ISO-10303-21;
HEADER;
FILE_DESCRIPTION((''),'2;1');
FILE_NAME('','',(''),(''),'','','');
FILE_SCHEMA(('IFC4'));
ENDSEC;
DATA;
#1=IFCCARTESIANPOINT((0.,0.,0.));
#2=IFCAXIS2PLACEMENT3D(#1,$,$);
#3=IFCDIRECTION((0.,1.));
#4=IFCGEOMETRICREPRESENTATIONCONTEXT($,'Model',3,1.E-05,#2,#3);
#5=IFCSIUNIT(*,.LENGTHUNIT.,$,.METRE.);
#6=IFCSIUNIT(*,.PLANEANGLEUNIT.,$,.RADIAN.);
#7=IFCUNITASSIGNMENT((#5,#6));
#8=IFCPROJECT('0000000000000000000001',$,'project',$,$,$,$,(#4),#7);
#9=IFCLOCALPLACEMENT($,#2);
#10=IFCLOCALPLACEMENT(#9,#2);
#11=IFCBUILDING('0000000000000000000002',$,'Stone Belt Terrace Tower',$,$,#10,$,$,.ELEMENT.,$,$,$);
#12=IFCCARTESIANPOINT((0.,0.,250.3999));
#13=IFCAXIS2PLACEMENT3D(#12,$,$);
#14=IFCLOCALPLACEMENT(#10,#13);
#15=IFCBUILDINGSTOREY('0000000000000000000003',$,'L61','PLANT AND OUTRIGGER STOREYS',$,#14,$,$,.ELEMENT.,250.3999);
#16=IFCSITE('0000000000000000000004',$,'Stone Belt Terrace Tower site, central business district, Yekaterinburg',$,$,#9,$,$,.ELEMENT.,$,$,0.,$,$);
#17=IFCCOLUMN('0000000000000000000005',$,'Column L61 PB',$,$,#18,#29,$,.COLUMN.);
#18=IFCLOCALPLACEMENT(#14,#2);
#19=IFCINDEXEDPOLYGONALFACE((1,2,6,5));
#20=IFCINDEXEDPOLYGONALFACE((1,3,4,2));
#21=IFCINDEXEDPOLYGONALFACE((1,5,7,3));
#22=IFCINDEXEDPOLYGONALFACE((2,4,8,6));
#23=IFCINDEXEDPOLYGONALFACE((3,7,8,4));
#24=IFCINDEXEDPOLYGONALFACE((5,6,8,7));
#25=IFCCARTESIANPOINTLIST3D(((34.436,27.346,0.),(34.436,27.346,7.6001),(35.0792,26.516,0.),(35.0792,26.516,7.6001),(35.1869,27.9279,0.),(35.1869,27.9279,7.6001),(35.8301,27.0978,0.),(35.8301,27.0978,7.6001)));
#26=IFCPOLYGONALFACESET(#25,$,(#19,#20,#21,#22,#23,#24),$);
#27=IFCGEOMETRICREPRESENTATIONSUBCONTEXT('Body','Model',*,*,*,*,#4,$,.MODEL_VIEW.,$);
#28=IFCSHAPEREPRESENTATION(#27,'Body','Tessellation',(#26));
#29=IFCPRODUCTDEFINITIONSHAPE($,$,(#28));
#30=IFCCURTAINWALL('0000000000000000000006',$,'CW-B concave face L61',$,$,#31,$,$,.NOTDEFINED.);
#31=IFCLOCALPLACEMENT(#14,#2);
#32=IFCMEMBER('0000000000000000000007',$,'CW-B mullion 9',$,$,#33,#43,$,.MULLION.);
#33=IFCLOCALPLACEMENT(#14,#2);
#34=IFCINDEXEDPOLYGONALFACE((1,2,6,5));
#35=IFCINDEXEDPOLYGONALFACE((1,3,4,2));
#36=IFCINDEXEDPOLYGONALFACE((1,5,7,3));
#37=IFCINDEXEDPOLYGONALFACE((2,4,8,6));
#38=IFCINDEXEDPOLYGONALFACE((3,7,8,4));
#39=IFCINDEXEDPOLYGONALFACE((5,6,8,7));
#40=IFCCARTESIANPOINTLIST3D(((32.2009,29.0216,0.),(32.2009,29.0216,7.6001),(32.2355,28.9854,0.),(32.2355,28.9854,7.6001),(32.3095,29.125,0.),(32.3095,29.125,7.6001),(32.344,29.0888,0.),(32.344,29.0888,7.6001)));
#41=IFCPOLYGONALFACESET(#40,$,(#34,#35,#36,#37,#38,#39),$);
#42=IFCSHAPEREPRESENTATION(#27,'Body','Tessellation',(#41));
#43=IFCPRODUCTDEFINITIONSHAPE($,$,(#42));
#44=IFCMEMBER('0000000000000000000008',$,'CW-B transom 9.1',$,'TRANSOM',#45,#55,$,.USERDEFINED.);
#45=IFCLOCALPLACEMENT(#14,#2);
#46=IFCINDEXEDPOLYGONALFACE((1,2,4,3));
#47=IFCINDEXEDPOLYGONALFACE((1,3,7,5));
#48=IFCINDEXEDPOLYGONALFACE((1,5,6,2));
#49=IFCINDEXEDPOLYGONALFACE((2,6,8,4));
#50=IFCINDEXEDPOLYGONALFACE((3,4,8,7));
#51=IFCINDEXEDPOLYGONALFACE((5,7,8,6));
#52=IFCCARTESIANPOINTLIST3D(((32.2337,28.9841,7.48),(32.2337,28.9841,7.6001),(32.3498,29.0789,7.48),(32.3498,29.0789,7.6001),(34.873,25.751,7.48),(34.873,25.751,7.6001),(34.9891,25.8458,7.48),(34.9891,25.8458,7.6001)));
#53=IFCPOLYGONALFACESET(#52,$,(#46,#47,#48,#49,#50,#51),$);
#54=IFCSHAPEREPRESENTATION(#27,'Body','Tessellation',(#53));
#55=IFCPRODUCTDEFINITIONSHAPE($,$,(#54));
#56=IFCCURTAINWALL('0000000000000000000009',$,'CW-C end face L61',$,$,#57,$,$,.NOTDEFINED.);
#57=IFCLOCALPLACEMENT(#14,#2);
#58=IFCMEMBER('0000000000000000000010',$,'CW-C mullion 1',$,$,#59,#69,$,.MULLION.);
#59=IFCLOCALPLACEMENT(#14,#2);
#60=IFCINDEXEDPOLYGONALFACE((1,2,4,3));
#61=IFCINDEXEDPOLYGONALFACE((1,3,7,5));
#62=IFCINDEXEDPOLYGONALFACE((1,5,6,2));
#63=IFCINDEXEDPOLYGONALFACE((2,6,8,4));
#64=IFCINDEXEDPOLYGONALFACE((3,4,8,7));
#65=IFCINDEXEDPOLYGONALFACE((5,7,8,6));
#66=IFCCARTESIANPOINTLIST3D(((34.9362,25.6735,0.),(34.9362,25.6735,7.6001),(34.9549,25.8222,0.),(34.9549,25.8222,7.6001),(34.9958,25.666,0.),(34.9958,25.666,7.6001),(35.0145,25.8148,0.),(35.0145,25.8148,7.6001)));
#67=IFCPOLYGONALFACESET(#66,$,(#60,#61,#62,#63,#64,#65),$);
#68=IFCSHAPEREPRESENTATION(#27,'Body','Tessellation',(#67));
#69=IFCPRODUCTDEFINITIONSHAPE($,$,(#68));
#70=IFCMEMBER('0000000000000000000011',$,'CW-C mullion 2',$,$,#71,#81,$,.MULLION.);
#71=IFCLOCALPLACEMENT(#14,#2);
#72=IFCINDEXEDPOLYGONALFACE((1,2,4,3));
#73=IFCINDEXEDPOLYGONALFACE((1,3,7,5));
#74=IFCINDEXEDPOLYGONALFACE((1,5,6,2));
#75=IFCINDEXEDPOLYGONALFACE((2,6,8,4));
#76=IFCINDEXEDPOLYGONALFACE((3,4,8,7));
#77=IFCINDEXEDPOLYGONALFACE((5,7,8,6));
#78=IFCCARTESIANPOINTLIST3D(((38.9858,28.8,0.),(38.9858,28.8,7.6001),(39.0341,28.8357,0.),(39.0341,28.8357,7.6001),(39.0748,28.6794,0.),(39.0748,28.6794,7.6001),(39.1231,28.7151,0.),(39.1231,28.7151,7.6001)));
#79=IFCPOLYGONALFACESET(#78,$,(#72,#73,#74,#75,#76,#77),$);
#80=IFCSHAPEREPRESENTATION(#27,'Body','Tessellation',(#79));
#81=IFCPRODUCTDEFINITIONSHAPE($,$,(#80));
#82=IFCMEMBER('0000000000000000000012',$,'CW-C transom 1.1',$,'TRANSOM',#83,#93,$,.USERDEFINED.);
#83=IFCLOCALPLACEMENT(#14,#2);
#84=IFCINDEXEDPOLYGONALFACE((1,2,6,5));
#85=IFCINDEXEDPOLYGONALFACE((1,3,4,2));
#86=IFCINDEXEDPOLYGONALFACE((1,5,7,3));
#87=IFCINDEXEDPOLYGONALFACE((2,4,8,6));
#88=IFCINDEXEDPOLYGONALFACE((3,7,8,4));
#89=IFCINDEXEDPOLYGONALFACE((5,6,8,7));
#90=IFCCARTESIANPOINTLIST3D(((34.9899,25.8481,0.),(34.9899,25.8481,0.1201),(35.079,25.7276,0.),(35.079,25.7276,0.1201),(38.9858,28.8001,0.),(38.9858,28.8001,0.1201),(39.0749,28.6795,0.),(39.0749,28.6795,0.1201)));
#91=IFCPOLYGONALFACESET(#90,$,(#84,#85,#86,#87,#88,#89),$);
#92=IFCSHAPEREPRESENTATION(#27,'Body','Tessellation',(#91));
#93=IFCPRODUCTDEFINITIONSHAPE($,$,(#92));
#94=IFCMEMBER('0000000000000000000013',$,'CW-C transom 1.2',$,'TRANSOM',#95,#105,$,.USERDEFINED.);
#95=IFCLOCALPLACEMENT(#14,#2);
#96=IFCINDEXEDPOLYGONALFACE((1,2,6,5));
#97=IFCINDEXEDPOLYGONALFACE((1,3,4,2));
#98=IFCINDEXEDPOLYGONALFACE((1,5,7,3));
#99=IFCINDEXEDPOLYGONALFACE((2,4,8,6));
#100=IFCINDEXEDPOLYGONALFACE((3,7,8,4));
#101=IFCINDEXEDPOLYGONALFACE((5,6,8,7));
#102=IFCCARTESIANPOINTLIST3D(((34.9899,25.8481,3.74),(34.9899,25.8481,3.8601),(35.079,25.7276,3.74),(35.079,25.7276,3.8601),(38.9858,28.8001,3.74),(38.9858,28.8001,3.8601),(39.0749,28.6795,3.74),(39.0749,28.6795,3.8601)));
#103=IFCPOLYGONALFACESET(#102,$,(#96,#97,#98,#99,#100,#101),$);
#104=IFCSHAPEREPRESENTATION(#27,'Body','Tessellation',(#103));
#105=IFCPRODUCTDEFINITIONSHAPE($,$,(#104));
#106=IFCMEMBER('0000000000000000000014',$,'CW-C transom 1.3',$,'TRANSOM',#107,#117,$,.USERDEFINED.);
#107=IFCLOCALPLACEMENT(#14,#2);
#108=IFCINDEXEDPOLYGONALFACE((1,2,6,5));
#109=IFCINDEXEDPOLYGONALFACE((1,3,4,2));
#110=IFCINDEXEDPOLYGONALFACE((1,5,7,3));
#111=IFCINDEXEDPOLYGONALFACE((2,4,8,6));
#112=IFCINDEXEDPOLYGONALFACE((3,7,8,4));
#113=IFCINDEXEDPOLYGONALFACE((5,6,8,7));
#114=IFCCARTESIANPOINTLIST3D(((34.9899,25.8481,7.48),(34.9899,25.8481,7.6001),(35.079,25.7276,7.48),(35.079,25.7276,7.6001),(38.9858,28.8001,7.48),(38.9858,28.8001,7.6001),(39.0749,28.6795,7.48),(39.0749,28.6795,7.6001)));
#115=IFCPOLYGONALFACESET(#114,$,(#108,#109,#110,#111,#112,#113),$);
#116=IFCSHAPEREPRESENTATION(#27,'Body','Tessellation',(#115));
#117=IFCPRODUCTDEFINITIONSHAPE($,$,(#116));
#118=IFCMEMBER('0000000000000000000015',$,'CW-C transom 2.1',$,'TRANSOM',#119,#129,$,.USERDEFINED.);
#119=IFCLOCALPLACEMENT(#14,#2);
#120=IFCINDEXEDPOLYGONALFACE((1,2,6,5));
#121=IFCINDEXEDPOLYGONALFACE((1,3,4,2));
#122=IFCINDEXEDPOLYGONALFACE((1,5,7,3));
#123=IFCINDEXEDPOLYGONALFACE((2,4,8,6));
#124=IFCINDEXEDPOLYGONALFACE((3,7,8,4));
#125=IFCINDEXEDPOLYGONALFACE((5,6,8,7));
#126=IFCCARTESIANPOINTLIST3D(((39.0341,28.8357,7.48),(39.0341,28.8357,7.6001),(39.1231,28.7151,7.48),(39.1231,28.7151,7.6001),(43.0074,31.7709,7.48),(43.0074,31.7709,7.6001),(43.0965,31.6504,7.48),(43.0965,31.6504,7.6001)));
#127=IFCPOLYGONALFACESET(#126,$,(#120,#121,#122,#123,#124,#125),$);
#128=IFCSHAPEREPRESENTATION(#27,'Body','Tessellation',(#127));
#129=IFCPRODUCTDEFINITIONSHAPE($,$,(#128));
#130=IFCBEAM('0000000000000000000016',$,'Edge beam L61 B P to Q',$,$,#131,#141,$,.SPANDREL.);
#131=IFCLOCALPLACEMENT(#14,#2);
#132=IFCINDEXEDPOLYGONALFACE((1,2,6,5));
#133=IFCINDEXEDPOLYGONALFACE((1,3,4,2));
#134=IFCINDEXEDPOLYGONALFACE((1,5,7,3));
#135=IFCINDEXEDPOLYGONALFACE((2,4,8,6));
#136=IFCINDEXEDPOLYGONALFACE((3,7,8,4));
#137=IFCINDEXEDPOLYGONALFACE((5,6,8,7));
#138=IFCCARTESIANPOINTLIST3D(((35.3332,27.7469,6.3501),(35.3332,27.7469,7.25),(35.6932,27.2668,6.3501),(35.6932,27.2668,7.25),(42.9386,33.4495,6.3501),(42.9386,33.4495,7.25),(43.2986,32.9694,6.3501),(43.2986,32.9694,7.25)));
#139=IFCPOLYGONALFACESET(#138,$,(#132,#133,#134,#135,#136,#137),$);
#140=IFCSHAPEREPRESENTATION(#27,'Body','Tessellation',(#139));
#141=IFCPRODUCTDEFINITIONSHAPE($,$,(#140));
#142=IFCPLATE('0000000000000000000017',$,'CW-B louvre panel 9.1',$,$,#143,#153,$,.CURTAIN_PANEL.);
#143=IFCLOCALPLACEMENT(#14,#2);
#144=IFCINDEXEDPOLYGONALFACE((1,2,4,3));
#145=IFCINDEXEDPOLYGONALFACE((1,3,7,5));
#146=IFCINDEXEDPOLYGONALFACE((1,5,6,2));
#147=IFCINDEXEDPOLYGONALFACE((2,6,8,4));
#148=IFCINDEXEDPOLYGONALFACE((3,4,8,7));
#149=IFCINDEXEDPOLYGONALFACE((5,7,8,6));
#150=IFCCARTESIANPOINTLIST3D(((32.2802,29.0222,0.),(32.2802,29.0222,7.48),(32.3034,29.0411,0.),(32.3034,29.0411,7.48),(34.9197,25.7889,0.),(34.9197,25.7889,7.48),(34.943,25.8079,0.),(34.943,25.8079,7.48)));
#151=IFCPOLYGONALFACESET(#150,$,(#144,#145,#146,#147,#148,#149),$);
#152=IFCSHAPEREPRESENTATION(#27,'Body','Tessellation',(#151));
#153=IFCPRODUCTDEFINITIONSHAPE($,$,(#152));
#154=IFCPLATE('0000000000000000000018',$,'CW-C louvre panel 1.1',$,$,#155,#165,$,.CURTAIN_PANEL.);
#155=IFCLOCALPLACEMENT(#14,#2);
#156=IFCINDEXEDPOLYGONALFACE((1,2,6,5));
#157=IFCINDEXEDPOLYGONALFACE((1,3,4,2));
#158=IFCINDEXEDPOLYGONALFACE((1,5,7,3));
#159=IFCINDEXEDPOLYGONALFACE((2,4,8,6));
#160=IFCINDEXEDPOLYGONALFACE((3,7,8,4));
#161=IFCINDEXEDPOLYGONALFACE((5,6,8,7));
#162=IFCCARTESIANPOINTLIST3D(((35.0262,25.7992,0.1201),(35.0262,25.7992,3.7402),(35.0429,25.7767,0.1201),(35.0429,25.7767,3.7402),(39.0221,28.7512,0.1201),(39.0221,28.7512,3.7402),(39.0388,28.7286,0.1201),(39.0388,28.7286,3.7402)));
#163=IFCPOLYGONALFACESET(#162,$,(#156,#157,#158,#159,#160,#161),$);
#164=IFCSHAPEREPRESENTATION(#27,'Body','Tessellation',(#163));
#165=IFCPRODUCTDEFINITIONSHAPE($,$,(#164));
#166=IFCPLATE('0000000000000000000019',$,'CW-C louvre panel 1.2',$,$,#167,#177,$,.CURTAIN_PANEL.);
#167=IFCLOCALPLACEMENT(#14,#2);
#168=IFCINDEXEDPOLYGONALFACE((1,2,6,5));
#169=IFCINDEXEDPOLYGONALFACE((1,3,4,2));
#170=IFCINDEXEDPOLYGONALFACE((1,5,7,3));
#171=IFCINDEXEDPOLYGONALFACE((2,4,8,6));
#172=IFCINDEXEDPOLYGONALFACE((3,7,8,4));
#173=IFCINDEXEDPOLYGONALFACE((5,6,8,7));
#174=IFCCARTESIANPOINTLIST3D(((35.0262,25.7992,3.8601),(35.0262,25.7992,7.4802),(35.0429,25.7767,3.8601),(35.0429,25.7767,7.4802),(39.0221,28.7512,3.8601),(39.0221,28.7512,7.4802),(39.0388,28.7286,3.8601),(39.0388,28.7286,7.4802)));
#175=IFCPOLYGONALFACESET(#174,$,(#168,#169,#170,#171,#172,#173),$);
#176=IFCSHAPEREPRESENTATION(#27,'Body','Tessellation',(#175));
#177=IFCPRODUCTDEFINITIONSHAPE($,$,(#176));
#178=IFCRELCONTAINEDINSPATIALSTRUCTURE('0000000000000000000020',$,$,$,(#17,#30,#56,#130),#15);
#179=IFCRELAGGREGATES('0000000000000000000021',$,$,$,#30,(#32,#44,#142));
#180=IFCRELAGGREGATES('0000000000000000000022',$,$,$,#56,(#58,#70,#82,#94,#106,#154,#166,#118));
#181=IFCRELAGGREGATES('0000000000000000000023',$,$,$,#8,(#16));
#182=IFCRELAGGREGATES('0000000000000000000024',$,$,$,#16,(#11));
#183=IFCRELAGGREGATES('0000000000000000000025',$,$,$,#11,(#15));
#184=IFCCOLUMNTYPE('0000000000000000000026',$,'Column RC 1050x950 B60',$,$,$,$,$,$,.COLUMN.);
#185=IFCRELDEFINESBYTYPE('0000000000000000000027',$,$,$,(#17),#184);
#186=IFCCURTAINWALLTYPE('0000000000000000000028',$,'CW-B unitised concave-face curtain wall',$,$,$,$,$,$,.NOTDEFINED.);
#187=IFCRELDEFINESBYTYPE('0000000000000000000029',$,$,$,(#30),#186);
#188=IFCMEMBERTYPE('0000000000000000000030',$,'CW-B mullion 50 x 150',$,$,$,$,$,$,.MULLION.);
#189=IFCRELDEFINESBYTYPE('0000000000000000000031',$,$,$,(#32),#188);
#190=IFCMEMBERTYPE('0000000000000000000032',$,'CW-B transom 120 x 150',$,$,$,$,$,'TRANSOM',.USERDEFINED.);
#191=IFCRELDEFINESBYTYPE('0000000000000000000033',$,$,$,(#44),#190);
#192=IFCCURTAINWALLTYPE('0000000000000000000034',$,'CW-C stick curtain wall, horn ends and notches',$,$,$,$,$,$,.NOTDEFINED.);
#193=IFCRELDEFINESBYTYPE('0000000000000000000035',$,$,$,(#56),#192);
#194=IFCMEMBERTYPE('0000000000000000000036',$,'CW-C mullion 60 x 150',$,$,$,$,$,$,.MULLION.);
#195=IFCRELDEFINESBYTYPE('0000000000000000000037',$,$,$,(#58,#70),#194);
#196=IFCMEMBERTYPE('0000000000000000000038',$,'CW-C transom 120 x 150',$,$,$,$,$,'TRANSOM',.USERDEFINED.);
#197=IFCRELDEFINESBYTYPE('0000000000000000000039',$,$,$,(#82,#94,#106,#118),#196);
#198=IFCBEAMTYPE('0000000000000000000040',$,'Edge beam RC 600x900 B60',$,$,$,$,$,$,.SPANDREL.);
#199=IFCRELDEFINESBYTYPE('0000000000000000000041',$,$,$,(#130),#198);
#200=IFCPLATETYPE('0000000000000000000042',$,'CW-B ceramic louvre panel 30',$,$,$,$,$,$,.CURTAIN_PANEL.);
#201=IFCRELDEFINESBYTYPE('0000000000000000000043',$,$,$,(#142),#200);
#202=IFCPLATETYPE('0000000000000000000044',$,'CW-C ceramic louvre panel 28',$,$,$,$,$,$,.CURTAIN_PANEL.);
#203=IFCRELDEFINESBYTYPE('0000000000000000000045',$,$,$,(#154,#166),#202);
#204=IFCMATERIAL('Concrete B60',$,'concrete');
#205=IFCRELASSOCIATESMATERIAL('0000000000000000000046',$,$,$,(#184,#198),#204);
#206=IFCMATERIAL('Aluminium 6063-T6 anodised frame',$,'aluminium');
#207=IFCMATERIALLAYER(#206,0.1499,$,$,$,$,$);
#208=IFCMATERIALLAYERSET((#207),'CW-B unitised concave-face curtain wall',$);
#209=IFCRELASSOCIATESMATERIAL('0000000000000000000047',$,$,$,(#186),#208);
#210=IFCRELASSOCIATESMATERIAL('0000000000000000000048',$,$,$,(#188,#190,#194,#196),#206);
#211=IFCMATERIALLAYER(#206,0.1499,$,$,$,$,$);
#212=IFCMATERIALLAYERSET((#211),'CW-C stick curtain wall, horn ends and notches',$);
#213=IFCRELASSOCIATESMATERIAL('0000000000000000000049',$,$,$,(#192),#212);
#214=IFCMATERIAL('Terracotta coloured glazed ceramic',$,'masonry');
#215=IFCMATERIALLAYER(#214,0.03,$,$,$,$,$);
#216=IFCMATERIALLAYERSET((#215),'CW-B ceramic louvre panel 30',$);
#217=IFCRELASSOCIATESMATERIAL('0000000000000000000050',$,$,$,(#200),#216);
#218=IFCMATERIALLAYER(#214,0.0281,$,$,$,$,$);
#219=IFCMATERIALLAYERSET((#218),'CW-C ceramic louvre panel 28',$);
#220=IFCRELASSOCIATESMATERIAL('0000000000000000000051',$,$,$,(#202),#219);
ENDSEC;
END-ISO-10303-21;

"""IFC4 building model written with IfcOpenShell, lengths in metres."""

from ifc_helpers import new_model, si_unit, direction, frame, origin, origin_2d, place, context, subcontext, project, spatial, rectangle, extrude, material, layer, layer_set, material_profile, profile_set, type_object, element, aggregate, save


model = new_model("IFC4")

# Units and contexts
model_context = context("Model", 3, precision=1e-05, world=origin(), true_north=direction((0.0, 1.0)))
body_context = subcontext(model_context, "Body", "Model", "MODEL_VIEW")
ifc_project = project(units=[si_unit("LENGTHUNIT", "METRE"), si_unit("PLANEANGLEUNIT", "RADIAN")], contexts=[model_context])

# Site, building, storey
site_placement = place(None, origin())
site = spatial("IfcSite", under=ifc_project, at=site_placement, Name="Stone Belt Terrace Tower site, central business district, Yekaterinburg", CompositionType="ELEMENT", RefElevation=0.0)
building_placement = place(site_placement, origin())
building = spatial("IfcBuilding", under=site, at=building_placement, Name="Stone Belt Terrace Tower", CompositionType="ELEMENT")
storey_placement = place(building_placement, frame((0.0, 0.0, 250.3999)))
storey = spatial("IfcBuildingStorey", under=building, at=storey_placement, Name="L61", Description="PLANT AND OUTRIGGER STOREYS", CompositionType="ELEMENT", Elevation=250.3999)

# Column
ifc_material_1 = material(Name="Concrete B60", Category="concrete")
ifc_material_profile_1 = material_profile(ifc_material_1, rectangle(XDim=1.05, YDim=0.95, at=origin_2d()), Name="RC 1050x950")
ifc_profile_set_1 = profile_set([ifc_material_profile_1], Name="Concrete B60")
column_type = type_object("IfcColumnType", Name="Column RC 1050x950 B60", PredefinedType="COLUMN", material=ifc_profile_set_1)
column_placement = place(storey_placement, frame((35.1331, 27.2219, 0.0), z_axis=(0.0, 0.0, 1.0), x_axis=(0.612485, -0.790482, 0.0)))
element("IfcColumn", 1, at=column_placement, inside=storey, type_object=column_type, Name="Column L61 PB", PredefinedType="COLUMN", context=body_context, shape_type="SweptSolid", body=[
    extrude(rectangle(XDim=1.05, YDim=0.95, at=origin_2d()), origin(), (0.0, 0.0, 1.0), 7.6001),
])

# Curtain walls, members
ifc_material_2 = material(Name="Aluminium 6063-T6 anodised frame", Category="aluminium")
ifc_layer_1 = layer(ifc_material_2, 0.1499)
ifc_layer_set_1 = layer_set([ifc_layer_1], Name="CW-B unitised concave-face curtain wall")
curtain_wall_type_1 = type_object("IfcCurtainWallType", Name="CW-B unitised concave-face curtain wall", PredefinedType="NOTDEFINED", material=ifc_layer_set_1)
curtain_wall_1_placement = place(storey_placement, origin())
curtain_wall_1 = element("IfcCurtainWall", 2, at=curtain_wall_1_placement, inside=storey, type_object=curtain_wall_type_1, Name="CW-B concave face L61", PredefinedType="NOTDEFINED")
ifc_material_profile_2 = material_profile(ifc_material_2, rectangle(XDim=0.1499, YDim=0.05, at=origin_2d()), Name="Aluminium 6063-T6 50x150")
ifc_profile_set_2 = profile_set([ifc_material_profile_2], Name="Aluminium 6063-T6 anodised frame")
member_type_1 = type_object("IfcMemberType", Name="CW-B mullion 50 x 150", PredefinedType="MULLION", material=ifc_profile_set_2)
member_1_placement = place(storey_placement, frame((32.2725, 29.0552, 0.0), z_axis=(0.0, 0.0, 1.0), x_axis=(0.724008, 0.689792, 0.0)))
member_1 = element("IfcMember", 3, at=member_1_placement, type_object=member_type_1, Name="CW-B mullion 9", PredefinedType="MULLION", context=body_context, shape_type="SweptSolid", body=[
    extrude(rectangle(XDim=0.1499, YDim=0.05, at=origin_2d()), origin(), (0.0, 0.0, 1.0), 7.6001),
])
ifc_material_profile_3 = material_profile(ifc_material_2, rectangle(XDim=0.1499, YDim=0.1201, at=origin_2d()), Name="Aluminium 6063-T6 150x120")
ifc_profile_set_3 = profile_set([ifc_material_profile_3], Name="Aluminium 6063-T6 anodised frame")
member_type_2 = type_object("IfcMemberType", Name="CW-B transom 120 x 150", ElementType="TRANSOM", PredefinedType="USERDEFINED", material=ifc_profile_set_3)
member_2_placement = place(storey_placement, frame((32.2917, 29.0315, 7.54), z_axis=(0.63239, -0.77465, 0.0), x_axis=(0.77465, 0.63239, 0.0)))
member_2 = element("IfcMember", 4, at=member_2_placement, type_object=member_type_2, Name="CW-B transom 9.1", ObjectType="TRANSOM", PredefinedType="USERDEFINED", context=body_context, shape_type="SweptSolid", body=[
    extrude(rectangle(XDim=0.1499, YDim=0.1201, at=origin_2d()), origin(), (0.0, 0.0, 1.0), 4.1736),
])
ifc_layer_2 = layer(ifc_material_2, 0.1499)
ifc_layer_set_2 = layer_set([ifc_layer_2], Name="CW-C stick curtain wall, horn ends and notches")
curtain_wall_type_2 = type_object("IfcCurtainWallType", Name="CW-C stick curtain wall, horn ends and notches", PredefinedType="NOTDEFINED", material=ifc_layer_set_2)
curtain_wall_2_placement = place(storey_placement, origin())
curtain_wall_2 = element("IfcCurtainWall", 5, at=curtain_wall_2_placement, inside=storey, type_object=curtain_wall_type_2, Name="CW-C end face L61", PredefinedType="NOTDEFINED")
ifc_material_profile_4 = material_profile(ifc_material_2, rectangle(XDim=0.1499, YDim=0.0601, at=origin_2d()), Name="Aluminium 6063-T6 60x150")
ifc_profile_set_4 = profile_set([ifc_material_profile_4], Name="Aluminium 6063-T6 anodised frame")
member_type_3 = type_object("IfcMemberType", Name="CW-C mullion 60 x 150", PredefinedType="MULLION", material=ifc_profile_set_4)
member_3_placement = place(storey_placement, frame((34.9753, 25.7441, 0.0), z_axis=(0.0, 0.0, 1.0), x_axis=(0.124626, 0.992204, 0.0)))
member_3 = element("IfcMember", 6, at=member_3_placement, type_object=member_type_3, Name="CW-C mullion 1", PredefinedType="MULLION", context=body_context, shape_type="SweptSolid", body=[
    extrude(rectangle(XDim=0.1499, YDim=0.0601, at=origin_2d()), origin(), (0.0, 0.0, 1.0), 7.6001),
])
member_4_placement = place(storey_placement, frame((39.0544, 28.7576, 0.0), z_axis=(0.0, 0.0, 1.0), x_axis=(-0.594184, 0.804329, 0.0)))
member_4 = element("IfcMember", 7, at=member_4_placement, type_object=member_type_3, Name="CW-C mullion 2", PredefinedType="MULLION", context=body_context, shape_type="SweptSolid", body=[
    extrude(rectangle(XDim=0.1499, YDim=0.0601, at=origin_2d()), origin(), (0.0, 0.0, 1.0), 7.6001),
])
ifc_material_profile_5 = material_profile(ifc_material_2, rectangle(XDim=0.1499, YDim=0.1201, at=origin_2d()), Name="Aluminium 6063-T6 150x120")
ifc_profile_set_5 = profile_set([ifc_material_profile_5], Name="Aluminium 6063-T6 anodised frame")
member_type_4 = type_object("IfcMemberType", Name="CW-C transom 120 x 150", ElementType="TRANSOM", PredefinedType="USERDEFINED", material=ifc_profile_set_5)
member_5_placement = place(storey_placement, frame((35.0344, 25.7878, 0.0601), z_axis=(0.804325, 0.594189, 0.0), x_axis=(-0.594189, 0.804325, 0.0)))
member_5 = element("IfcMember", 8, at=member_5_placement, type_object=member_type_4, Name="CW-C transom 1.1", ObjectType="TRANSOM", PredefinedType="USERDEFINED", context=body_context, shape_type="SweptSolid", body=[
    extrude(rectangle(XDim=0.1499, YDim=0.1201, at=origin_2d()), origin(), (0.0, 0.0, 1.0), 4.968),
])
member_6_placement = place(storey_placement, frame((35.0344, 25.7878, 3.8), z_axis=(0.804325, 0.594189, 0.0), x_axis=(-0.594189, 0.804325, 0.0)))
member_6 = element("IfcMember", 9, at=member_6_placement, type_object=member_type_4, Name="CW-C transom 1.2", ObjectType="TRANSOM", PredefinedType="USERDEFINED", context=body_context, shape_type="SweptSolid", body=[
    extrude(rectangle(XDim=0.1499, YDim=0.1201, at=origin_2d()), origin(), (0.0, 0.0, 1.0), 4.968),
])
member_7_placement = place(storey_placement, frame((35.0344, 25.7878, 7.54), z_axis=(0.804325, 0.594189, 0.0), x_axis=(-0.594189, 0.804325, 0.0)))
member_7 = element("IfcMember", 10, at=member_7_placement, type_object=member_type_4, Name="CW-C transom 1.3", ObjectType="TRANSOM", PredefinedType="USERDEFINED", context=body_context, shape_type="SweptSolid", body=[
    extrude(rectangle(XDim=0.1499, YDim=0.1201, at=origin_2d()), origin(), (0.0, 0.0, 1.0), 4.968),
])
member_8_placement = place(storey_placement, frame((39.0786, 28.7754, 7.54), z_axis=(0.804326, 0.594188, 0.0), x_axis=(-0.594188, 0.804326, 0.0)))
member_8 = element("IfcMember", 11, at=member_8_placement, type_object=member_type_4, Name="CW-C transom 2.1", ObjectType="TRANSOM", PredefinedType="USERDEFINED", context=body_context, shape_type="SweptSolid", body=[
    extrude(rectangle(XDim=0.1499, YDim=0.1201, at=origin_2d()), origin(), (0.0, 0.0, 1.0), 4.9399),
])

# Beam
ifc_material_profile_6 = material_profile(ifc_material_1, rectangle(XDim=0.6001, YDim=0.8999, at=origin_2d()), Name="RC 600x900")
ifc_profile_set_6 = profile_set([ifc_material_profile_6], Name="Concrete B60")
beam_type = type_object("IfcBeamType", Name="Edge beam RC 600x900 B60", PredefinedType="SPANDREL", material=ifc_profile_set_6)
beam_placement = place(storey_placement, frame((35.5132, 27.5068, 6.8), z_axis=(0.800074, 0.599901, 0.0), x_axis=(-0.599901, 0.800074, 0.0)))
element("IfcBeam", 12, at=beam_placement, inside=storey, type_object=beam_type, Name="Edge beam L61 B P to Q", PredefinedType="SPANDREL", context=body_context, shape_type="SweptSolid", body=[
    extrude(rectangle(XDim=0.6001, YDim=0.8999, at=origin_2d()), origin(), (0.0, 0.0, 1.0), 9.5059),
])

# Plates
ifc_material_3 = material(Name="Terracotta coloured glazed ceramic", Category="masonry")
ifc_layer_3 = layer(ifc_material_3, 0.03)
ifc_layer_set_3 = layer_set([ifc_layer_3], Name="CW-B ceramic louvre panel 30")
plate_type_1 = type_object("IfcPlateType", Name="CW-B ceramic louvre panel 30", PredefinedType="CURTAIN_PANEL", material=ifc_layer_set_3)
plate_1_placement = place(storey_placement, frame((33.6116, 27.415, 0.0), z_axis=(0.0, 0.0, 1.0), x_axis=(0.632398, -0.774644, 0.0)))
plate_1 = element("IfcPlate", 13, at=plate_1_placement, type_object=plate_type_1, Name="CW-B louvre panel 9.1", PredefinedType="CURTAIN_PANEL", context=body_context, shape_type="SweptSolid", body=[
    extrude(rectangle(XDim=4.1738, YDim=0.03, at=origin_2d()), origin(), (0.0, 0.0, 1.0), 7.48),
])
aggregate(curtain_wall_1, [member_1, member_2, plate_1])
ifc_layer_4 = layer(ifc_material_3, 0.0281)
ifc_layer_set_4 = layer_set([ifc_layer_4], Name="CW-C ceramic louvre panel 28")
plate_type_2 = type_object("IfcPlateType", Name="CW-C ceramic louvre panel 28", PredefinedType="CURTAIN_PANEL", material=ifc_layer_set_4)
plate_2_placement = place(storey_placement, frame((37.0325, 27.2639, 0.1201), z_axis=(0.0, 0.0, 1.0), x_axis=(0.804329, 0.594184, 0.0)))
plate_2 = element("IfcPlate", 14, at=plate_2_placement, type_object=plate_type_2, Name="CW-C louvre panel 1.1", PredefinedType="CURTAIN_PANEL", context=body_context, shape_type="SweptSolid", body=[
    extrude(rectangle(XDim=4.968, YDim=0.0281, at=origin_2d()), origin(), (0.0, 0.0, 1.0), 3.6201),
])
plate_3_placement = place(storey_placement, frame((37.0325, 27.2639, 3.8601), z_axis=(0.0, 0.0, 1.0), x_axis=(0.804329, 0.594184, 0.0)))
plate_3 = element("IfcPlate", 15, at=plate_3_placement, type_object=plate_type_2, Name="CW-C louvre panel 1.2", PredefinedType="CURTAIN_PANEL", context=body_context, shape_type="SweptSolid", body=[
    extrude(rectangle(XDim=4.968, YDim=0.0281, at=origin_2d()), origin(), (0.0, 0.0, 1.0), 3.6201),
])
aggregate(curtain_wall_2, [member_3, member_4, member_5, member_6, member_7, plate_2, plate_3, member_8])

save(model, "model.ifc")
